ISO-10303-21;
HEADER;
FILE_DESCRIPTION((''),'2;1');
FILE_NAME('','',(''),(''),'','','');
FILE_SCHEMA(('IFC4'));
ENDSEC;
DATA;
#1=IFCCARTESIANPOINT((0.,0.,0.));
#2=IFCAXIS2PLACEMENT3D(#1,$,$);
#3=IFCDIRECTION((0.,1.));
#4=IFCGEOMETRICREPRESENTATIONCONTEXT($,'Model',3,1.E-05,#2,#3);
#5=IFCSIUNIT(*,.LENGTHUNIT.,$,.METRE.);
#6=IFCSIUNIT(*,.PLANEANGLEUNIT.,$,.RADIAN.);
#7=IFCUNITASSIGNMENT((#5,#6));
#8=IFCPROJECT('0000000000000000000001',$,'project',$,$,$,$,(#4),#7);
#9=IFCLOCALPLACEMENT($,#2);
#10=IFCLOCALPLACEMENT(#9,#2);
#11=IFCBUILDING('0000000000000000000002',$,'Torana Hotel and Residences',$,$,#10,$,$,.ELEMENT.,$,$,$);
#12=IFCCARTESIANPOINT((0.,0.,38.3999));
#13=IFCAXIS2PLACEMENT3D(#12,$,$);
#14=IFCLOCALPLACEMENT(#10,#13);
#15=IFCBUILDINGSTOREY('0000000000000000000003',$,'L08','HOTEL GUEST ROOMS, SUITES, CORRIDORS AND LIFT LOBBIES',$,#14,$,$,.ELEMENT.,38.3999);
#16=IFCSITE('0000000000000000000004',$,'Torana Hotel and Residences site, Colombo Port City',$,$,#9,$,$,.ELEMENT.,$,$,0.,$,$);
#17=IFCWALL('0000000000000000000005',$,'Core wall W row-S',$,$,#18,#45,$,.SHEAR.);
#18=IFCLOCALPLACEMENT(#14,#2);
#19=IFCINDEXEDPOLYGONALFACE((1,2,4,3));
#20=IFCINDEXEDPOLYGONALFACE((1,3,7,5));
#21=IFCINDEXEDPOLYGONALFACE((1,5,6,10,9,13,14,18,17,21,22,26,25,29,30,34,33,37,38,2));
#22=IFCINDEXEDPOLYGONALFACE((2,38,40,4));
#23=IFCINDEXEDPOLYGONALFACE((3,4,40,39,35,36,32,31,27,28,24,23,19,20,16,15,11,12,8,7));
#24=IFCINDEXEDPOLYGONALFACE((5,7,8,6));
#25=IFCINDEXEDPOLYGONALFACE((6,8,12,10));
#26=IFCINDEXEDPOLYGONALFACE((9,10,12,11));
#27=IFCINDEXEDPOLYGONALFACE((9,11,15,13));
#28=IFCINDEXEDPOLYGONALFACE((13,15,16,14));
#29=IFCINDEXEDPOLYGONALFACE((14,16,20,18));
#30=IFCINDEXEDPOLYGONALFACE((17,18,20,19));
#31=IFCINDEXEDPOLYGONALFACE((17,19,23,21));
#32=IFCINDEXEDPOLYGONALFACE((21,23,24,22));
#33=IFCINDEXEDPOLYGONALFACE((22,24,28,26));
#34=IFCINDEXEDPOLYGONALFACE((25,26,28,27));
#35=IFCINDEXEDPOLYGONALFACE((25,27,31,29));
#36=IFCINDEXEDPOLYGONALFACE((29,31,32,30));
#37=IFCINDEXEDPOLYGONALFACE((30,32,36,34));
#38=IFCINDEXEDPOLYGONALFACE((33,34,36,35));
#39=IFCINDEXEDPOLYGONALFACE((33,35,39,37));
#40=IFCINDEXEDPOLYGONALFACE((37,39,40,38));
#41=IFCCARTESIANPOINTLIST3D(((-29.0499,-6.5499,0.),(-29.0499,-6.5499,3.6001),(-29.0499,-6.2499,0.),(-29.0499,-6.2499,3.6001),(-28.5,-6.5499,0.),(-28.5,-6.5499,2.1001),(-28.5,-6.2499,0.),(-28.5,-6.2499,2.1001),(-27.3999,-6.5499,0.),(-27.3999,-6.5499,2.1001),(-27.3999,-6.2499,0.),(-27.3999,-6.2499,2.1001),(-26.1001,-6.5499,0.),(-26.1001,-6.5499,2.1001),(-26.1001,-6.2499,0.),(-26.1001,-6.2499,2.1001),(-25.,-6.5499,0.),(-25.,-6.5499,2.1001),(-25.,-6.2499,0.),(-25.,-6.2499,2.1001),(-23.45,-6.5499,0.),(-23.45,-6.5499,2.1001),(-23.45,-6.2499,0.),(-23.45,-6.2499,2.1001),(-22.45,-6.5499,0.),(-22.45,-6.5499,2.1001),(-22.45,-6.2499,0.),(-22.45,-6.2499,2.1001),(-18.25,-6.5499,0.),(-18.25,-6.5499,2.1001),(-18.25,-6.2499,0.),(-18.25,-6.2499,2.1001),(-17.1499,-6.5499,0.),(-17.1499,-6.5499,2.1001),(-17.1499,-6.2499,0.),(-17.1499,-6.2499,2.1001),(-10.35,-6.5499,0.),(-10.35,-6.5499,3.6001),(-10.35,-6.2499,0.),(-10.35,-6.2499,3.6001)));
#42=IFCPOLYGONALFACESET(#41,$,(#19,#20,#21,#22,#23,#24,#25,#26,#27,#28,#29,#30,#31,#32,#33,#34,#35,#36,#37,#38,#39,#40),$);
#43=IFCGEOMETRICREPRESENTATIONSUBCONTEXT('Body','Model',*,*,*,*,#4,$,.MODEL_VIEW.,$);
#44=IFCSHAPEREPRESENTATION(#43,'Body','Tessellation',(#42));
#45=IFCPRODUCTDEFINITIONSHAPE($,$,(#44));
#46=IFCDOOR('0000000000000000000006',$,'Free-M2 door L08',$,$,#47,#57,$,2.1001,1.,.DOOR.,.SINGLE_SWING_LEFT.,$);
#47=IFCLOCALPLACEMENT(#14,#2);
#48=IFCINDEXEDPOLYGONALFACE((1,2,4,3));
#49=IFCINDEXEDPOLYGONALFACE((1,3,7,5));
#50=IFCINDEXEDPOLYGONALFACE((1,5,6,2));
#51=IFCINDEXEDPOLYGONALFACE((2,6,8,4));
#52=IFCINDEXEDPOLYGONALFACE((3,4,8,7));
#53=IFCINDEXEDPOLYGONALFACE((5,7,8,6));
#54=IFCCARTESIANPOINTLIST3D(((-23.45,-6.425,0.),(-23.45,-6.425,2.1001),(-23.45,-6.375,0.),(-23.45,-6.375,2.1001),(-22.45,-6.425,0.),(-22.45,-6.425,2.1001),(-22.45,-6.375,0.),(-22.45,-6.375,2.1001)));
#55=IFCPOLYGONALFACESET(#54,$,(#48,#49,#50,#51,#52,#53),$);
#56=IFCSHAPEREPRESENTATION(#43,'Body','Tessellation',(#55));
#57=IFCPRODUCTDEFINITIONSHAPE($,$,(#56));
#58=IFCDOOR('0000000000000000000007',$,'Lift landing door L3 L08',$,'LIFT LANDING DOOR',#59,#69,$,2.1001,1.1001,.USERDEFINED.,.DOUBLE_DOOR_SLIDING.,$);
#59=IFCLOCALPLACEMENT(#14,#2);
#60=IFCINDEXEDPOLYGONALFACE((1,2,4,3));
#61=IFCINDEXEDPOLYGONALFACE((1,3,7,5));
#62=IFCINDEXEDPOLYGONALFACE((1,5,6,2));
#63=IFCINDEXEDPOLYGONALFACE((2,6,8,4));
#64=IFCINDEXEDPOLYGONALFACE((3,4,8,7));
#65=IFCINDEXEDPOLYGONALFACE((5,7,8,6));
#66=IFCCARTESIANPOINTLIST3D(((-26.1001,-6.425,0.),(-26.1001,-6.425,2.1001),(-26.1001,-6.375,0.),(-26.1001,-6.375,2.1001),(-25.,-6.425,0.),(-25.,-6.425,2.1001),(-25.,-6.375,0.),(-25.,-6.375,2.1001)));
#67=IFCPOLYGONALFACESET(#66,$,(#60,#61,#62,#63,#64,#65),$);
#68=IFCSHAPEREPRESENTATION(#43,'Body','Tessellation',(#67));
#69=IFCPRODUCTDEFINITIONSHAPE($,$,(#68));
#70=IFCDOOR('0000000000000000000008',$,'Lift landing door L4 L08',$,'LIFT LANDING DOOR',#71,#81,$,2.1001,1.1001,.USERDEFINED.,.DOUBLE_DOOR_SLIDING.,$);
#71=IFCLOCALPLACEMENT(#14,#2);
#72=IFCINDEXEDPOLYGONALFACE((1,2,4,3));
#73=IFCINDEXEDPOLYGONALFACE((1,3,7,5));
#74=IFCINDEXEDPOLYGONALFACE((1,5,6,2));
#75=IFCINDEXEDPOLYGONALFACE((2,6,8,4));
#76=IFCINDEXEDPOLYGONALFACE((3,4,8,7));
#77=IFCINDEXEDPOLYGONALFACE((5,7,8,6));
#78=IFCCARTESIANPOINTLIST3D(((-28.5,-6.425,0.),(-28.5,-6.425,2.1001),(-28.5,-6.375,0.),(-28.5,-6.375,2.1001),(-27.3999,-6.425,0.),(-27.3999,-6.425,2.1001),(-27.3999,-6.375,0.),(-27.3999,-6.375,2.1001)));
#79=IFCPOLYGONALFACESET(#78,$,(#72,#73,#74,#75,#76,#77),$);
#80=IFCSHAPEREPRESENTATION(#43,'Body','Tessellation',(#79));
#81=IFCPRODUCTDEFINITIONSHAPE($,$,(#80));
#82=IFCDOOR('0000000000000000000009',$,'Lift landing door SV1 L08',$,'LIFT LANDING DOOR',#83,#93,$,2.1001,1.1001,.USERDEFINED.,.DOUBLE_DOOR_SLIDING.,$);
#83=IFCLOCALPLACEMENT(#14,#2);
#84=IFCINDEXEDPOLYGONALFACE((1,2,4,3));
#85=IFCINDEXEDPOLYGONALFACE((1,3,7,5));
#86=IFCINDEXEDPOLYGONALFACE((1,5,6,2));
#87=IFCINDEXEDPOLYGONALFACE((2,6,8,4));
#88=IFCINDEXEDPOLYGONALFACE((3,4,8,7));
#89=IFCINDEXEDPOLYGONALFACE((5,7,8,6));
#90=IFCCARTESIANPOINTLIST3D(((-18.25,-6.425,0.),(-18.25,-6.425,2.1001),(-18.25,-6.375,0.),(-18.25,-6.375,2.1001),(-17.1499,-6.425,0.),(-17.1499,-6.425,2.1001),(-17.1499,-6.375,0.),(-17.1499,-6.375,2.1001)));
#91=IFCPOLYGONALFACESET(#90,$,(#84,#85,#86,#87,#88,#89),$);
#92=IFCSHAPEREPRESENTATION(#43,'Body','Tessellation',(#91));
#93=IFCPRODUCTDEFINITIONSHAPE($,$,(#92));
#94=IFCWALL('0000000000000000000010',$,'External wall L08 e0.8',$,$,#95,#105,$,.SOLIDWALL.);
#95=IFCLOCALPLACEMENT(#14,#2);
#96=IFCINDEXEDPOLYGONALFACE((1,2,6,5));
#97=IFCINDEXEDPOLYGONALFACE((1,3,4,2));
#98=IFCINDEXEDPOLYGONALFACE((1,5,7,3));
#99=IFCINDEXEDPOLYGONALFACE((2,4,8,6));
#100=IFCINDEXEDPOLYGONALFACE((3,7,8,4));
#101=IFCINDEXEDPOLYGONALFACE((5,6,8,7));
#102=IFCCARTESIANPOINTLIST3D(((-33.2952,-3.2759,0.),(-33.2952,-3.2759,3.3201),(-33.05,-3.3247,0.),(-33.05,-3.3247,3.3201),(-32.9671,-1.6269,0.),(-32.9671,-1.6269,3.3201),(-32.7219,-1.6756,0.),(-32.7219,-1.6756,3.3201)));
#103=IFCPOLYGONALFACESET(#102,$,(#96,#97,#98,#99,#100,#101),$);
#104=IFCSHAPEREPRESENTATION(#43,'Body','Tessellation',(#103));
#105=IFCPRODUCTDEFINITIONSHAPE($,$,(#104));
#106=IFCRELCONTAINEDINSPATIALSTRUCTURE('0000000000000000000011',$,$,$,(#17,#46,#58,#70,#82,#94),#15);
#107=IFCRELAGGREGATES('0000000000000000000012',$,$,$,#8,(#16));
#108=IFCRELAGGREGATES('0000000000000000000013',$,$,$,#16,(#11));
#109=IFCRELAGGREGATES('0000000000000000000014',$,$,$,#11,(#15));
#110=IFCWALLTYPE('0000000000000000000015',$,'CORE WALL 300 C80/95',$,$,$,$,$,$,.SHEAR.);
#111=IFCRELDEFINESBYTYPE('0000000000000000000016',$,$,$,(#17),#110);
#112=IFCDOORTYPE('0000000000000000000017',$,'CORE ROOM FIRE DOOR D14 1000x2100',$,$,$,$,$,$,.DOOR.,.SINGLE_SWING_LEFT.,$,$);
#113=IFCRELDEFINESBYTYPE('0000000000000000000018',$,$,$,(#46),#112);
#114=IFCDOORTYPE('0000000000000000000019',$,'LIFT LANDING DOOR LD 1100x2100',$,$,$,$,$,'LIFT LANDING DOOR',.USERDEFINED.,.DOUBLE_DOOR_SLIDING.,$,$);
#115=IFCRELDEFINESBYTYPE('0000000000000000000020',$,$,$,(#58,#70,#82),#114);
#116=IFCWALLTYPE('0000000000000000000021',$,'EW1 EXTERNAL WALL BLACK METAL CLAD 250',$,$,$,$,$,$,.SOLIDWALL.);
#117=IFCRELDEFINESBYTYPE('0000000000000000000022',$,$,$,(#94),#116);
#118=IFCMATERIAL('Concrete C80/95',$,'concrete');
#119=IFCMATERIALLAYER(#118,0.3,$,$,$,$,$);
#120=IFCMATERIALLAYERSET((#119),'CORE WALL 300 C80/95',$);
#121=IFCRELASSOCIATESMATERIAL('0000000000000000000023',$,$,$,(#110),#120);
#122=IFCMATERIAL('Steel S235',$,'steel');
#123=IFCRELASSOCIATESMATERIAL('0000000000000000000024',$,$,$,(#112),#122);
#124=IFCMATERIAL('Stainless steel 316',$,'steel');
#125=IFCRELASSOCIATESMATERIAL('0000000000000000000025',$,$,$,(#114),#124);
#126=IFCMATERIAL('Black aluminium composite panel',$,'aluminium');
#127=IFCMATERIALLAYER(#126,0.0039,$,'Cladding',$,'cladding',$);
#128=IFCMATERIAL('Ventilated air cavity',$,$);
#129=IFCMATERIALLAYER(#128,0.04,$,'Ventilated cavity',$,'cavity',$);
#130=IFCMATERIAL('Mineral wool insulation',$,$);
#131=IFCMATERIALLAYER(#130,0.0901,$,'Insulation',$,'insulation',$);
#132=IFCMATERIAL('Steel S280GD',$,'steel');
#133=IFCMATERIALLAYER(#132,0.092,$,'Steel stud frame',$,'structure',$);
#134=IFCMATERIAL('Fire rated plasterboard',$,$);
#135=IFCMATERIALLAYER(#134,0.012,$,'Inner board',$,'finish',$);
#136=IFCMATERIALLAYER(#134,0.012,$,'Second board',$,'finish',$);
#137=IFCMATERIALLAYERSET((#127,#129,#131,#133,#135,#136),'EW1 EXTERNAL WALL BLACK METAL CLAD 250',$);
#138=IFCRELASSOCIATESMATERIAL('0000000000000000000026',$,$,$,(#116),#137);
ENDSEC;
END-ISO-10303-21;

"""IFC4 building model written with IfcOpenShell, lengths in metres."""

from ifc_helpers import new_model, si_unit, direction, frame, frame_2d, origin, place, context, subcontext, project, spatial, rectangle, extrude, material, layer, layer_set, type_object, element, fill, save


model = new_model("IFC4")

# Units and contexts
model_context = context("Model", 3, precision=1e-05, world=origin(), true_north=direction((0.0, 1.0)))
body_context = subcontext(model_context, "Body", "Model", "MODEL_VIEW")
ifc_project = project(units=[si_unit("LENGTHUNIT", "METRE"), si_unit("PLANEANGLEUNIT", "RADIAN")], contexts=[model_context])

# Site, building, storey
site_placement = place(None, origin())
site = spatial("IfcSite", under=ifc_project, at=site_placement, Name="Torana Hotel and Residences site, Colombo Port City", CompositionType="ELEMENT", RefElevation=0.0)
building_placement = place(site_placement, origin())
building = spatial("IfcBuilding", under=site, at=building_placement, Name="Torana Hotel and Residences", CompositionType="ELEMENT")
storey_placement = place(building_placement, frame((0.0, 0.0, 38.3999)))
storey = spatial("IfcBuildingStorey", under=building, at=storey_placement, Name="L08", Description="HOTEL GUEST ROOMS, SUITES, CORRIDORS AND LIFT LOBBIES", CompositionType="ELEMENT", Elevation=38.3999)

# Wall, openings, doors
ifc_material_1 = material(Name="Concrete C80/95", Category="concrete")
ifc_layer_1 = layer(ifc_material_1, 0.3)
ifc_layer_set_1 = layer_set([ifc_layer_1], Name="CORE WALL 300 C80/95")
wall_type_1 = type_object("IfcWallType", Name="CORE WALL 300 C80/95", PredefinedType="SHEAR", material=ifc_layer_set_1)
ifc_material_2 = material(Name="Steel S235", Category="steel")
door_type_1 = type_object("IfcDoorType", Name="CORE ROOM FIRE DOOR D14 1000x2100", OperationType="SINGLE_SWING_LEFT", PredefinedType="DOOR", material=ifc_material_2)
ifc_material_3 = material(Name="Stainless steel 316", Category="steel")
door_type_2 = type_object("IfcDoorType", Name="LIFT LANDING DOOR LD 1100x2100", ElementType="LIFT LANDING DOOR", OperationType="DOUBLE_DOOR_SLIDING", PredefinedType="USERDEFINED", material=ifc_material_3)
wall_1_placement = place(storey_placement, frame((-29.05, -6.3999, 0.0), z_axis=(0.0, 0.0, 1.0), x_axis=(1.0, 0.0, 0.0)))
wall_1 = element("IfcWall", 1, at=wall_1_placement, inside=storey, type_object=wall_type_1, Name="Core wall W row-S", PredefinedType="SHEAR", context=body_context, shape_type="SweptSolid", body=[
    extrude(rectangle(XDim=18.7, YDim=0.3, at=frame_2d((9.3501, 0.0))), origin(), (0.0, 0.0, 1.0), 3.6001),
])
opening_1_placement = place(wall_1_placement, frame((2.95, 0.0, 0.0)))
opening_1 = element("IfcOpeningElement", 2, at=opening_1_placement, cuts=wall_1, PredefinedType="OPENING", context=body_context, shape_type="SweptSolid", body=[
    extrude(rectangle(XDim=1.1001, YDim=2.1001, at=frame_2d((0.55, 1.05))), frame((0.0, 0.1599, 0.0), z_axis=(0.0, -1.0, 0.0), x_axis=(1.0, 0.0, 0.0)), (0.0, 0.0, 1.0), 0.3201),
])
opening_2_placement = place(wall_1_placement, frame((0.55, 0.0, 0.0)))
opening_2 = element("IfcOpeningElement", 3, at=opening_2_placement, cuts=wall_1, PredefinedType="OPENING", context=body_context, shape_type="SweptSolid", body=[
    extrude(rectangle(XDim=1.1001, YDim=2.1001, at=frame_2d((0.55, 1.05))), frame((0.0, 0.1599, 0.0), z_axis=(0.0, -1.0, 0.0), x_axis=(1.0, 0.0, 0.0)), (0.0, 0.0, 1.0), 0.3201),
])
opening_3_placement = place(wall_1_placement, frame((10.8, 0.0, 0.0)))
opening_3 = element("IfcOpeningElement", 4, at=opening_3_placement, cuts=wall_1, PredefinedType="OPENING", context=body_context, shape_type="SweptSolid", body=[
    extrude(rectangle(XDim=1.1001, YDim=2.1001, at=frame_2d((0.55, 1.05))), frame((0.0, 0.1599, 0.0), z_axis=(0.0, -1.0, 0.0), x_axis=(1.0, 0.0, 0.0)), (0.0, 0.0, 1.0), 0.3201),
])
opening_4_placement = place(wall_1_placement, frame((5.6001, 0.0, 0.0)))
opening_4 = element("IfcOpeningElement", 5, at=opening_4_placement, cuts=wall_1, PredefinedType="OPENING", context=body_context, shape_type="SweptSolid", body=[
    extrude(rectangle(XDim=1.0, YDim=2.1001, at=frame_2d((0.5, 1.05))), frame((0.0, 0.1599, 0.0), z_axis=(0.0, -1.0, 0.0), x_axis=(1.0, 0.0, 0.0)), (0.0, 0.0, 1.0), 0.3201),
])
door_1_placement = place(opening_4_placement, frame((0.5, 0.0, 0.0), z_axis=(0.0, 0.0, 1.0), x_axis=(-1.0, 0.0, 0.0)))
door_1 = element("IfcDoor", 6, at=door_1_placement, inside=storey, type_object=door_type_1, Name="Free-M2 door L08", OperationType="SINGLE_SWING_LEFT", OverallHeight=2.1001, OverallWidth=1.0, PredefinedType="DOOR", context=body_context, shape_type="SweptSolid", body=[
    extrude(rectangle(XDim=1.0, YDim=2.1001, at=frame_2d((0.0, 1.05))), frame((0.0, -0.0249, 0.0), z_axis=(0.0, 1.0, 0.0), x_axis=(-1.0, 0.0, 0.0)), (0.0, 0.0, 1.0), 0.05),
])
fill(opening_4, door_1)
door_2_placement = place(opening_1_placement, origin())
door_2 = element("IfcDoor", 7, at=door_2_placement, inside=storey, type_object=door_type_2, Name="Lift landing door L3 L08", ObjectType="LIFT LANDING DOOR", OperationType="DOUBLE_DOOR_SLIDING", OverallHeight=2.1001, OverallWidth=1.1001, PredefinedType="USERDEFINED", context=body_context, shape_type="SweptSolid", body=[
    extrude(rectangle(XDim=1.1001, YDim=2.1001, at=frame_2d((0.55, 1.05))), frame((0.0, 0.0249, 0.0), z_axis=(0.0, -1.0, 0.0), x_axis=(1.0, 0.0, 0.0)), (0.0, 0.0, 1.0), 0.05),
])
fill(opening_1, door_2)
door_3_placement = place(opening_2_placement, origin())
door_3 = element("IfcDoor", 8, at=door_3_placement, inside=storey, type_object=door_type_2, Name="Lift landing door L4 L08", ObjectType="LIFT LANDING DOOR", OperationType="DOUBLE_DOOR_SLIDING", OverallHeight=2.1001, OverallWidth=1.1001, PredefinedType="USERDEFINED", context=body_context, shape_type="SweptSolid", body=[
    extrude(rectangle(XDim=1.1001, YDim=2.1001, at=frame_2d((0.55, 1.05))), frame((0.0, 0.0249, 0.0), z_axis=(0.0, -1.0, 0.0), x_axis=(1.0, 0.0, 0.0)), (0.0, 0.0, 1.0), 0.05),
])
fill(opening_2, door_3)
door_4_placement = place(opening_3_placement, origin())
door_4 = element("IfcDoor", 9, at=door_4_placement, inside=storey, type_object=door_type_2, Name="Lift landing door SV1 L08", ObjectType="LIFT LANDING DOOR", OperationType="DOUBLE_DOOR_SLIDING", OverallHeight=2.1001, OverallWidth=1.1001, PredefinedType="USERDEFINED", context=body_context, shape_type="SweptSolid", body=[
    extrude(rectangle(XDim=1.1001, YDim=2.1001, at=frame_2d((0.55, 1.05))), frame((0.0, 0.0249, 0.0), z_axis=(0.0, -1.0, 0.0), x_axis=(1.0, 0.0, 0.0)), (0.0, 0.0, 1.0), 0.05),
])
fill(opening_3, door_4)

# Wall
ifc_material_4 = material(Name="Black aluminium composite panel", Category="aluminium")
ifc_layer_2 = layer(ifc_material_4, 0.0039, Name="Cladding", Category="cladding")
ifc_material_5 = material(Name="Ventilated air cavity")
ifc_layer_3 = layer(ifc_material_5, 0.04, Name="Ventilated cavity", Category="cavity")
ifc_material_6 = material(Name="Mineral wool insulation")
ifc_layer_4 = layer(ifc_material_6, 0.0901, Name="Insulation", Category="insulation")
ifc_material_7 = material(Name="Steel S280GD", Category="steel")
ifc_layer_5 = layer(ifc_material_7, 0.092, Name="Steel stud frame", Category="structure")
ifc_material_8 = material(Name="Fire rated plasterboard")
ifc_layer_6 = layer(ifc_material_8, 0.012, Name="Inner board", Category="finish")
ifc_layer_7 = layer(ifc_material_8, 0.012, Name="Second board", Category="finish")
ifc_layer_set_2 = layer_set([ifc_layer_2, ifc_layer_3, ifc_layer_4, ifc_layer_5, ifc_layer_6, ifc_layer_7], Name="EW1 EXTERNAL WALL BLACK METAL CLAD 250")
wall_type_2 = type_object("IfcWallType", Name="EW1 EXTERNAL WALL BLACK METAL CLAD 250", PredefinedType="SOLIDWALL", material=ifc_layer_set_2)
wall_2_placement = place(storey_placement, frame((-32.8445, -1.6511, 0.0), z_axis=(0.0, 0.0, 1.0), x_axis=(-0.195139, -0.980776, 0.0)))
element("IfcWall", 10, at=wall_2_placement, inside=storey, type_object=wall_type_2, Name="External wall L08 e0.8", PredefinedType="SOLIDWALL", context=body_context, shape_type="SweptSolid", body=[
    extrude(rectangle(XDim=1.6814, YDim=0.25, at=frame_2d((0.8408, 0.0))), origin(), (0.0, 0.0, 1.0), 3.3201),
])

save(model, "model.ifc")
